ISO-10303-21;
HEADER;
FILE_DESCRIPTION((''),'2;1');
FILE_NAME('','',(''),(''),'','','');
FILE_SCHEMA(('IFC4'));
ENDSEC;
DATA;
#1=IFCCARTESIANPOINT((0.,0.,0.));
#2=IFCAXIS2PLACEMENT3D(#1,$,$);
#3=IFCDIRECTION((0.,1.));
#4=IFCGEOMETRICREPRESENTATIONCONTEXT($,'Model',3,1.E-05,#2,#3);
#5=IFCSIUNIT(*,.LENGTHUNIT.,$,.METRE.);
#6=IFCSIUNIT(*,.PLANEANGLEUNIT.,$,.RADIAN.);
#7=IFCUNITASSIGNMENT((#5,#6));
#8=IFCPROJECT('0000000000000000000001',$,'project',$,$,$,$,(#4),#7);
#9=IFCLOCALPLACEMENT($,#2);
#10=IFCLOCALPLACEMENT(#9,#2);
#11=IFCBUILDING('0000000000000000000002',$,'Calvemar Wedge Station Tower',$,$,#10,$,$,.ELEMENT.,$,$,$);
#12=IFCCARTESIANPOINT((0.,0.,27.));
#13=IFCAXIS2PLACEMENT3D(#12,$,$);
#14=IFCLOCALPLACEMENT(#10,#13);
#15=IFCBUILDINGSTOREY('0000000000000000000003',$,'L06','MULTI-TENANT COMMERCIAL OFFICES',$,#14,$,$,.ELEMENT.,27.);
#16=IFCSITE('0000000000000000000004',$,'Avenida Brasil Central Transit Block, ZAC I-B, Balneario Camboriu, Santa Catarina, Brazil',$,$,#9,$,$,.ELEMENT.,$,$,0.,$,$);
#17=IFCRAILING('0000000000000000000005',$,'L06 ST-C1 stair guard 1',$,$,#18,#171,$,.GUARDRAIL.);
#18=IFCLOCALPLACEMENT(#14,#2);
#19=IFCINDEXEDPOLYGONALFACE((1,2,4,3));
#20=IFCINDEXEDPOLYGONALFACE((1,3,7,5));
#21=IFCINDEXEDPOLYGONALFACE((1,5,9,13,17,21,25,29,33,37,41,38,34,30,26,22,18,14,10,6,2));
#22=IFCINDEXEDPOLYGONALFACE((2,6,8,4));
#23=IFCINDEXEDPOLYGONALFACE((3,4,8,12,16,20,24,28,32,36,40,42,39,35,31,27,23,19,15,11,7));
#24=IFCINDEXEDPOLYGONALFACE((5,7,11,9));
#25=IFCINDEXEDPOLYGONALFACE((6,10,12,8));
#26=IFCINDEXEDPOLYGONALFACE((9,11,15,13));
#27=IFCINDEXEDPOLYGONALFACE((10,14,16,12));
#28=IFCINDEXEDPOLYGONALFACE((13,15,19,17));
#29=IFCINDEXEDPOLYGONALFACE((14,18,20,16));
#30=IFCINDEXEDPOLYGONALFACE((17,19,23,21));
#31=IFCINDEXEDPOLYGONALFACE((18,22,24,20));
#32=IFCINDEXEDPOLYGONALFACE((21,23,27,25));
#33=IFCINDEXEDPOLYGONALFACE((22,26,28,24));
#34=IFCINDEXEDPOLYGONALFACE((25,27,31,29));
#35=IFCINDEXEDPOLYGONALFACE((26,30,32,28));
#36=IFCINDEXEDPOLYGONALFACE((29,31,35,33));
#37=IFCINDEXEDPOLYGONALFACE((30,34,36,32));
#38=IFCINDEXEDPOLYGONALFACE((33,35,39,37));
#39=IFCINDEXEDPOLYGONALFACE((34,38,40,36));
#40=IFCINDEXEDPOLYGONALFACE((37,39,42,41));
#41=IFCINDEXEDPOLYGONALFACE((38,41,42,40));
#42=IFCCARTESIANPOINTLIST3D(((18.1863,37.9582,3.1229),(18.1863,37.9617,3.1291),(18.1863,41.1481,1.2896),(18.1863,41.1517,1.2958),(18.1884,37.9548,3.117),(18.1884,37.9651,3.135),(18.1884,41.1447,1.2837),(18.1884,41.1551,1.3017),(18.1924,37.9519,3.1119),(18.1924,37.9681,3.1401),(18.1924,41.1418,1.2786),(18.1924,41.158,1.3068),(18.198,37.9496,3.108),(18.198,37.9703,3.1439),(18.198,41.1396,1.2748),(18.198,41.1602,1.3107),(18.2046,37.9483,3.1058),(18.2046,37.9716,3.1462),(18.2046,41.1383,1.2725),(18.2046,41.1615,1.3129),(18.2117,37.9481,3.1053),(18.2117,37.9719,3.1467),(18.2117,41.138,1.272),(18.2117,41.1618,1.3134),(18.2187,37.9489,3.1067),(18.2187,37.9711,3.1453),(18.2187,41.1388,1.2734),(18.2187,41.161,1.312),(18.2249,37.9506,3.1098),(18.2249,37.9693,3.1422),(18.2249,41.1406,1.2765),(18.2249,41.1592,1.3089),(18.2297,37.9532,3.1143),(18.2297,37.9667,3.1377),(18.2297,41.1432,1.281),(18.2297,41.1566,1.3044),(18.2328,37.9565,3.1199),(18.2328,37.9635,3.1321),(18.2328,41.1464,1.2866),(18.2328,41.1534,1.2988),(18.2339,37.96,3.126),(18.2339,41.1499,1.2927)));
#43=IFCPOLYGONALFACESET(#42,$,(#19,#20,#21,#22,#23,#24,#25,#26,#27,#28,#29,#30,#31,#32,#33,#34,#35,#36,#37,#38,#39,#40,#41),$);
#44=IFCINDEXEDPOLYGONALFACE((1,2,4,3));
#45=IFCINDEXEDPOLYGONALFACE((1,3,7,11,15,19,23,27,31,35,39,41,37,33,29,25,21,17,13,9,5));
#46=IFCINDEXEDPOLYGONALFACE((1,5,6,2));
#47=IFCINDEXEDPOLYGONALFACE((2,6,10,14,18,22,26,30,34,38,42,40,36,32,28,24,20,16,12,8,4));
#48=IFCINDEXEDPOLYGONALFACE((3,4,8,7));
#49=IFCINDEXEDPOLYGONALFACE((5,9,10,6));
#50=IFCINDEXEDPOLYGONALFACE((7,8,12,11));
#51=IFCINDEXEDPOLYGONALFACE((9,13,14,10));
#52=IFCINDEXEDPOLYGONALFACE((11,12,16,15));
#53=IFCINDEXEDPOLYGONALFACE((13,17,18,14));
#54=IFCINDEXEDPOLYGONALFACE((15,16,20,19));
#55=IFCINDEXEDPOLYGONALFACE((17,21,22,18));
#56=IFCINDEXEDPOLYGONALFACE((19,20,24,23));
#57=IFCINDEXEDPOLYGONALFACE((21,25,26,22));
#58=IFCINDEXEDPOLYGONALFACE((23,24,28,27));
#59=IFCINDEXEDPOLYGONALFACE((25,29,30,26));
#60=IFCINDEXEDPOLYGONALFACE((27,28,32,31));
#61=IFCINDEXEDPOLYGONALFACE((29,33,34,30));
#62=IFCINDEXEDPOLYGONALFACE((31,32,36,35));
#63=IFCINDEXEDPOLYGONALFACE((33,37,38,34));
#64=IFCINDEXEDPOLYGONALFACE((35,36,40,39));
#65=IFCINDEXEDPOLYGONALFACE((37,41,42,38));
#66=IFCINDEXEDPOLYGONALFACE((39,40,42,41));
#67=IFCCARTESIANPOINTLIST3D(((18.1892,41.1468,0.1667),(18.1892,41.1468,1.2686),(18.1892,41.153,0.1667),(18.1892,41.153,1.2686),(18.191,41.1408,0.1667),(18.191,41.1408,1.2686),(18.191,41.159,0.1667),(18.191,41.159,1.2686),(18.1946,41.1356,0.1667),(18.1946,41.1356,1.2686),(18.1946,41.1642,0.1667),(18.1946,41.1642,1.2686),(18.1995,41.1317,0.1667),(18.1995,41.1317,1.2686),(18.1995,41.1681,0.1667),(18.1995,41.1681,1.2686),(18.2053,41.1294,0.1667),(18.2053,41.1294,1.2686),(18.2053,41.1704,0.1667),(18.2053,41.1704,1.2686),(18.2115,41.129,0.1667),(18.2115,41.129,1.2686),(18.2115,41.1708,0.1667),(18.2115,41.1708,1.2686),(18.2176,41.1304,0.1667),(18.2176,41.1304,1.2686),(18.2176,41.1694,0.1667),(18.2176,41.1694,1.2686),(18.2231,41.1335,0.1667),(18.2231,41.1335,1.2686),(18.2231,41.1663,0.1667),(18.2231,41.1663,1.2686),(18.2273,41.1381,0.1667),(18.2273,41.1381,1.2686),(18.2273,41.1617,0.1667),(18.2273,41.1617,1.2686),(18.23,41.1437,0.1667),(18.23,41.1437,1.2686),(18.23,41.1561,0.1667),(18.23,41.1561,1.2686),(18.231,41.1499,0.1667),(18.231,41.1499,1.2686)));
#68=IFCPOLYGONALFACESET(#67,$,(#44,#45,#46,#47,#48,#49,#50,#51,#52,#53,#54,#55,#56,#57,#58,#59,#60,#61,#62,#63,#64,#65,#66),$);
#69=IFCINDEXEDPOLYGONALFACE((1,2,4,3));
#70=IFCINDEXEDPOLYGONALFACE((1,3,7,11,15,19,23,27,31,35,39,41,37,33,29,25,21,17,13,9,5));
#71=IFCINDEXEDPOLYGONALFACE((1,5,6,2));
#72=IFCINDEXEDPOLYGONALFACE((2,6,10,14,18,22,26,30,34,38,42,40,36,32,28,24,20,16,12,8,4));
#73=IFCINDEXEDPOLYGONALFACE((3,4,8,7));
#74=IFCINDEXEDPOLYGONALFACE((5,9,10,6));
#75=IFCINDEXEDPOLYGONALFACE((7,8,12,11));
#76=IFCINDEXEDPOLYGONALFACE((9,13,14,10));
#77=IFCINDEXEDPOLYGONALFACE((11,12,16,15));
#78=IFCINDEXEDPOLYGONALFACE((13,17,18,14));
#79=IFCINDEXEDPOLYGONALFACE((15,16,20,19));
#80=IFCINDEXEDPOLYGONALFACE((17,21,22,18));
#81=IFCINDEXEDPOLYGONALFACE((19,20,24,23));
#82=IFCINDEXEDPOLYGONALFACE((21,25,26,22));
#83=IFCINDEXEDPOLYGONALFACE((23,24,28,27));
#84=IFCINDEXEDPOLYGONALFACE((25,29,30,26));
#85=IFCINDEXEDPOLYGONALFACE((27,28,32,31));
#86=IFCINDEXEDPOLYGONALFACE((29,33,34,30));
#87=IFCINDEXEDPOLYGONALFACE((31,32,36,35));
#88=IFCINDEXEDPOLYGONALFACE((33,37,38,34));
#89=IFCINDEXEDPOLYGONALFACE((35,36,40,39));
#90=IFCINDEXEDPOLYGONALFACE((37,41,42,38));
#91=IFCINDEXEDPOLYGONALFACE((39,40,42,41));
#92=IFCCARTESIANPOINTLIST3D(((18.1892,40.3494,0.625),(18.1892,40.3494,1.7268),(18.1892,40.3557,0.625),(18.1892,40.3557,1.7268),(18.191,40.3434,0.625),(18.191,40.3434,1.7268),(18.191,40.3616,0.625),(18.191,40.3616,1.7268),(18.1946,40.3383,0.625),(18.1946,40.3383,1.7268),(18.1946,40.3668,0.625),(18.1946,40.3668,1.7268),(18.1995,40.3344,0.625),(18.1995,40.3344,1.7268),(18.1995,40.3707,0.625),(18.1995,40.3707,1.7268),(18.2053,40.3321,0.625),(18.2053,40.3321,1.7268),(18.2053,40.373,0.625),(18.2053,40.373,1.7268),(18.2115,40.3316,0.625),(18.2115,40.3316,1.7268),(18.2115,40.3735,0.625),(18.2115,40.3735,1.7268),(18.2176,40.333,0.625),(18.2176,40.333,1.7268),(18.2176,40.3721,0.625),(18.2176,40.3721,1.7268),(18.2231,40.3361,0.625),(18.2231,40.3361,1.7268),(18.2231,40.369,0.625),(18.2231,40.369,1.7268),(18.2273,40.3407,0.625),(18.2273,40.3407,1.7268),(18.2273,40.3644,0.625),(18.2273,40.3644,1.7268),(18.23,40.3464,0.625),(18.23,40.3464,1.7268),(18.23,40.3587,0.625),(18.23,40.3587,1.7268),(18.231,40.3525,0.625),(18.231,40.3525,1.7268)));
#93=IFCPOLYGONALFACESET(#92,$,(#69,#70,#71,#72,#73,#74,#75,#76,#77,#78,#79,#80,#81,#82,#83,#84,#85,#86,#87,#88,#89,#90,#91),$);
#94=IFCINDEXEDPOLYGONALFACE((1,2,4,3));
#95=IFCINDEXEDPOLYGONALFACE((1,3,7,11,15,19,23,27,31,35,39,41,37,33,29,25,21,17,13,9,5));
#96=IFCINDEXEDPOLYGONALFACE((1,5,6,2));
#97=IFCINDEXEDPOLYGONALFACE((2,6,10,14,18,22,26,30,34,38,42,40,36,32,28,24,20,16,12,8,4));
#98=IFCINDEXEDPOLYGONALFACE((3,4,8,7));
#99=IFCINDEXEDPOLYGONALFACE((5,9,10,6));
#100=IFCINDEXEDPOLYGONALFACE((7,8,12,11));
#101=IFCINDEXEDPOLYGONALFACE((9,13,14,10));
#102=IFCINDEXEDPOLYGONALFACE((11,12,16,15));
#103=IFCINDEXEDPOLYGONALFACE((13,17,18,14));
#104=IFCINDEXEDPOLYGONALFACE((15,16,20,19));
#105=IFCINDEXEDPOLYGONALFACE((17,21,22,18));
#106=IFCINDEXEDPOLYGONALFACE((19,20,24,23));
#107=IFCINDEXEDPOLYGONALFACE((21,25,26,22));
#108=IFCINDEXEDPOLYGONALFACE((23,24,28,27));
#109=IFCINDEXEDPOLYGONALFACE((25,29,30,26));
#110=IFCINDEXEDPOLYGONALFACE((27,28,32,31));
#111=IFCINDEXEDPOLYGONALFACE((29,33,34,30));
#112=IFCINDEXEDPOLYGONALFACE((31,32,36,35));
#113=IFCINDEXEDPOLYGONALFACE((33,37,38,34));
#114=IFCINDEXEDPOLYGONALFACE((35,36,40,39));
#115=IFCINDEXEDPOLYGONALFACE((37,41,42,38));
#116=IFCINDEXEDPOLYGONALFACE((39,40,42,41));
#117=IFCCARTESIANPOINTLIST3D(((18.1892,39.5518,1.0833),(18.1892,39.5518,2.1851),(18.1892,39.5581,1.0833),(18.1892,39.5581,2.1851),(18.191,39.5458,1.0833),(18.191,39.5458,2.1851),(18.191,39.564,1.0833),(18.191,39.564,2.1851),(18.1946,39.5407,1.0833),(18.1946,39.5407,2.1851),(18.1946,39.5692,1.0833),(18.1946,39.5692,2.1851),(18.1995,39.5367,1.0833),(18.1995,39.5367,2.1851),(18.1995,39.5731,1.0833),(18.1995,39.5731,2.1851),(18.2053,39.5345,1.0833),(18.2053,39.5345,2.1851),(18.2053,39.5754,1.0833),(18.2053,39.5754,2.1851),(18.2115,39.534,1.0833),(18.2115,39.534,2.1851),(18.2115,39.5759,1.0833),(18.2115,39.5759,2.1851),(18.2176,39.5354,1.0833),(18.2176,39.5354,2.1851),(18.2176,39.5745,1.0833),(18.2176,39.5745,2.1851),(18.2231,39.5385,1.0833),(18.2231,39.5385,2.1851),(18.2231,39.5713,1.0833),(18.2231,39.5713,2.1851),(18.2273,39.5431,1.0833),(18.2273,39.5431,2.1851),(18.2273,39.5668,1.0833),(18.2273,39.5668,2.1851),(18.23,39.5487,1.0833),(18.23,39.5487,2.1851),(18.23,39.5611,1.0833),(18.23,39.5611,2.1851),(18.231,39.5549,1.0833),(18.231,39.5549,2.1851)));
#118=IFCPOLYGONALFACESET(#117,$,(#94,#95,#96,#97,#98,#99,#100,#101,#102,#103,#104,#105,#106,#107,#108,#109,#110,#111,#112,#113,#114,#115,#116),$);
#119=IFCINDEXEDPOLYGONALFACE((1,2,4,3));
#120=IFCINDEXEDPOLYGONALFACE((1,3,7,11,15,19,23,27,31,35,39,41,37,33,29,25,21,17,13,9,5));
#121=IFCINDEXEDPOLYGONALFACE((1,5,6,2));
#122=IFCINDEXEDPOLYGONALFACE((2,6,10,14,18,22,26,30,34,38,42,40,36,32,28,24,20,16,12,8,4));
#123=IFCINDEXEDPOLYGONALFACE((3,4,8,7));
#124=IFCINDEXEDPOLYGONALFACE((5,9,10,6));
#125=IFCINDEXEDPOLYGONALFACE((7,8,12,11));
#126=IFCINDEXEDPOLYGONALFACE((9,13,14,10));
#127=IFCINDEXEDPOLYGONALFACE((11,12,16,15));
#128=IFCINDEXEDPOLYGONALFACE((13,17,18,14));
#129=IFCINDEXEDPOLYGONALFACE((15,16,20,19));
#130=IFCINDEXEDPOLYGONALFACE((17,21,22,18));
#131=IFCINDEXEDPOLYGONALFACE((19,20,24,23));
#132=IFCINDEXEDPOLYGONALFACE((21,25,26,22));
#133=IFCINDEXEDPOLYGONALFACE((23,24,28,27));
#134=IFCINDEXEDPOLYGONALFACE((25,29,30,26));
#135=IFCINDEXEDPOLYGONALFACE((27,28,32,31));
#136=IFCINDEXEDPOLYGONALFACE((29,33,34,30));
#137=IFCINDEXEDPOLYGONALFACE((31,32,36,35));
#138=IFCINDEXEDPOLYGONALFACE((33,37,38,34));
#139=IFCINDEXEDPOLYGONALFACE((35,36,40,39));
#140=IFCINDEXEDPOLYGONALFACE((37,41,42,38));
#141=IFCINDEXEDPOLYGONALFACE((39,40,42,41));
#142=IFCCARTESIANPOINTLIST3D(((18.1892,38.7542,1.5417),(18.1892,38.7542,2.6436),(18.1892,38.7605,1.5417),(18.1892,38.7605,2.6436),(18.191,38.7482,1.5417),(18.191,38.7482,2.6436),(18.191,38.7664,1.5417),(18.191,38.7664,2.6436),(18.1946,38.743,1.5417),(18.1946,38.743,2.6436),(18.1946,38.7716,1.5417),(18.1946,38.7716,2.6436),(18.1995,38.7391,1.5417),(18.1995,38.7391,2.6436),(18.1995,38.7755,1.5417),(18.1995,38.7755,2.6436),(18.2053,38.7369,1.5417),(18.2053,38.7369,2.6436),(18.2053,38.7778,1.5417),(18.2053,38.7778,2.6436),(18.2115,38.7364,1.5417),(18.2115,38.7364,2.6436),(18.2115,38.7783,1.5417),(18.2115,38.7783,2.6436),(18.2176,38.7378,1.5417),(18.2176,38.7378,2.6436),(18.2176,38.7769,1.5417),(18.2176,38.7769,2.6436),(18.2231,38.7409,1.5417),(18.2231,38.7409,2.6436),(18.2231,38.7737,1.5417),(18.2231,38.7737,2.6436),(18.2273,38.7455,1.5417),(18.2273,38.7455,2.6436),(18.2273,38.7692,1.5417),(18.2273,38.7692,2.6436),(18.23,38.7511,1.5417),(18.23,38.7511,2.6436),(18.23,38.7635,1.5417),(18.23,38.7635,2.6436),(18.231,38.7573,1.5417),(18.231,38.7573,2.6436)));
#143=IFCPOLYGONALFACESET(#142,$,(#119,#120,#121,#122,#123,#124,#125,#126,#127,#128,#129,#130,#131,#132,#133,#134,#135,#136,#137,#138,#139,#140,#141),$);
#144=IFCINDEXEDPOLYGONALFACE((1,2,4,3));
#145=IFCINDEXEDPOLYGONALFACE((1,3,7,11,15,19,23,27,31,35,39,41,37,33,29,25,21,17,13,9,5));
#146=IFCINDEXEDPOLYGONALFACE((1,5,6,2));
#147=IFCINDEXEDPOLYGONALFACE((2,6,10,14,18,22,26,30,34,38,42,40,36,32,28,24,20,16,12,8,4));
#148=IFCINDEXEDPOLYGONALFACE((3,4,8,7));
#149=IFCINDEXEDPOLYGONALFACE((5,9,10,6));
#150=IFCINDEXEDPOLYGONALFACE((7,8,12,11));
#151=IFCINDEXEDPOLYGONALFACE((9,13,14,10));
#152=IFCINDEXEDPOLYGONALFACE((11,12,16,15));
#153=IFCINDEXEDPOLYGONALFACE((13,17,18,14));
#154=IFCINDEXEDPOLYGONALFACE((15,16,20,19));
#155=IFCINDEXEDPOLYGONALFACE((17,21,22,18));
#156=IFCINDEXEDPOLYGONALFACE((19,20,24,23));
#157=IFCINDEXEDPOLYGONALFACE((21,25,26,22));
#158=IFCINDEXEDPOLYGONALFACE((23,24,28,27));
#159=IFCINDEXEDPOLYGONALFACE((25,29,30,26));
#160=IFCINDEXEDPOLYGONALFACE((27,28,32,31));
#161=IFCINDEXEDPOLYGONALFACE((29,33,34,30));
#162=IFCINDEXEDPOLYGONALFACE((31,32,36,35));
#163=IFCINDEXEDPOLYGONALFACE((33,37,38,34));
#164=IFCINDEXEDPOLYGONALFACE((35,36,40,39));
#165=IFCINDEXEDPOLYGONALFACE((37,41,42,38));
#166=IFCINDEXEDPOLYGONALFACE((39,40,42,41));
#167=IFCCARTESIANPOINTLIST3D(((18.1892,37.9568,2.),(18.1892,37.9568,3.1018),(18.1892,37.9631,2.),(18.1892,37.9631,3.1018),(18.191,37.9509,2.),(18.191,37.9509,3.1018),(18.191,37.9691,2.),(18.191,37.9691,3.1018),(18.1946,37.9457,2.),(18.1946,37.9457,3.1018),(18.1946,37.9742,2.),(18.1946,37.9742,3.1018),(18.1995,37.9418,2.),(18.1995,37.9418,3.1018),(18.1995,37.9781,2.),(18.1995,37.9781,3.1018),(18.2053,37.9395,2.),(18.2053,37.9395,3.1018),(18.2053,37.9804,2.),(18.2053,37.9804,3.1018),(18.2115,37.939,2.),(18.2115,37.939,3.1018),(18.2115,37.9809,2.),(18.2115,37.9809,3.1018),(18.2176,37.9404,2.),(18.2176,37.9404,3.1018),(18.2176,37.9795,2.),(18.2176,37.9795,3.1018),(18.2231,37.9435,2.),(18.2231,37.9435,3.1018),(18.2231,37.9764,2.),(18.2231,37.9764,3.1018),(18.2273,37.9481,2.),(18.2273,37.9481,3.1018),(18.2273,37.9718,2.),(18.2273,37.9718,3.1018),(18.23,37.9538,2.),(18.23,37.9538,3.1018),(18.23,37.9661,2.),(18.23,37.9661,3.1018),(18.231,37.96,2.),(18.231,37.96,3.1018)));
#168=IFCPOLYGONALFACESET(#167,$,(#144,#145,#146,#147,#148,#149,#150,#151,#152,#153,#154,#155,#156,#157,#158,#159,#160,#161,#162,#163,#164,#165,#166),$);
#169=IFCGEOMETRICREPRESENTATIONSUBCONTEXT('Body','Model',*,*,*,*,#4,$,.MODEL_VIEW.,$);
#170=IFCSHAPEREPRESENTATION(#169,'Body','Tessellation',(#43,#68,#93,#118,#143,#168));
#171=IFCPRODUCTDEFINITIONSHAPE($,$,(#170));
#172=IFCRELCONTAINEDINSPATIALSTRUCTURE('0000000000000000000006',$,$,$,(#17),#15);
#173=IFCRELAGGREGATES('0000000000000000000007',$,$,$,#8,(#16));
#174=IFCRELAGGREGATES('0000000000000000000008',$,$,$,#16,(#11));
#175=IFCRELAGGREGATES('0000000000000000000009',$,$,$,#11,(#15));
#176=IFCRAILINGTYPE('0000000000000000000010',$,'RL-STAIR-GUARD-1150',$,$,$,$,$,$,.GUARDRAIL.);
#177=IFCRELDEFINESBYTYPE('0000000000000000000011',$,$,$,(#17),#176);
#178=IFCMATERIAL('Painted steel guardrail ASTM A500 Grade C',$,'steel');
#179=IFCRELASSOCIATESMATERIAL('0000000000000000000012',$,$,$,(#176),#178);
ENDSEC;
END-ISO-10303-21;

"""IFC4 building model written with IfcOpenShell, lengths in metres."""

from ifc_helpers import new_model, si_unit, direction, frame, origin, origin_2d, place, context, subcontext, project, spatial, circle, extrude, material, type_object, element, save


model = new_model("IFC4")

# Units and contexts
model_context = context("Model", 3, precision=1e-05, world=origin(), true_north=direction((0.0, 1.0)))
body_context = subcontext(model_context, "Body", "Model", "MODEL_VIEW")
ifc_project = project(units=[si_unit("LENGTHUNIT", "METRE"), si_unit("PLANEANGLEUNIT", "RADIAN")], contexts=[model_context])

# Site, building, storey
site_placement = place(None, origin())
site = spatial("IfcSite", under=ifc_project, at=site_placement, Name="Avenida Brasil Central Transit Block, ZAC I-B, Balneario Camboriu, Santa Catarina, Brazil", CompositionType="ELEMENT", RefElevation=0.0)
building_placement = place(site_placement, origin())
building = spatial("IfcBuilding", under=site, at=building_placement, Name="Calvemar Wedge Station Tower", CompositionType="ELEMENT")
storey_placement = place(building_placement, frame((0.0, 0.0, 27.0)))
storey = spatial("IfcBuildingStorey", under=building, at=storey_placement, Name="L06", Description="MULTI-TENANT COMMERCIAL OFFICES", CompositionType="ELEMENT", Elevation=27.0)

# Railing
ifc_material_1 = material(Name="Painted steel guardrail ASTM A500 Grade C", Category="steel")
railing_type_1 = type_object("IfcRailingType", Name="RL-STAIR-GUARD-1150", PredefinedType="GUARDRAIL", material=ifc_material_1)
railing_1_placement = place(storey_placement, frame((18.21, 41.1499, 0.1667)))
element("IfcRailing", 1, at=railing_1_placement, inside=storey, type_object=railing_type_1, Name="L06 ST-C1 stair guard 1", PredefinedType="GUARDRAIL", context=body_context, shape_type="SweptSolid", body=[
    extrude(circle(Radius=0.0239, at=origin_2d()), frame((0.0, 0.0, 1.126), z_axis=(0.0, -0.86702, 0.498274), x_axis=(1.0, 0.0, 0.0)), (0.0, 0.0, 1.0), 3.6792),
    extrude(circle(Radius=0.021, at=origin_2d()), origin(), (0.0, 0.0, 1.0), 1.1018),
    extrude(circle(Radius=0.021, at=origin_2d()), frame((0.0, -0.7974, 0.4583)), (0.0, 0.0, 1.0), 1.1018),
    extrude(circle(Radius=0.021, at=origin_2d()), frame((0.0, -1.595, 0.9165)), (0.0, 0.0, 1.0), 1.1018),
    extrude(circle(Radius=0.021, at=origin_2d()), frame((0.0, -2.3926, 1.375)), (0.0, 0.0, 1.0), 1.1018),
    extrude(circle(Radius=0.021, at=origin_2d()), frame((0.0, -3.1899, 1.8333)), (0.0, 0.0, 1.0), 1.1018),
])

save(model, "model.ifc")
